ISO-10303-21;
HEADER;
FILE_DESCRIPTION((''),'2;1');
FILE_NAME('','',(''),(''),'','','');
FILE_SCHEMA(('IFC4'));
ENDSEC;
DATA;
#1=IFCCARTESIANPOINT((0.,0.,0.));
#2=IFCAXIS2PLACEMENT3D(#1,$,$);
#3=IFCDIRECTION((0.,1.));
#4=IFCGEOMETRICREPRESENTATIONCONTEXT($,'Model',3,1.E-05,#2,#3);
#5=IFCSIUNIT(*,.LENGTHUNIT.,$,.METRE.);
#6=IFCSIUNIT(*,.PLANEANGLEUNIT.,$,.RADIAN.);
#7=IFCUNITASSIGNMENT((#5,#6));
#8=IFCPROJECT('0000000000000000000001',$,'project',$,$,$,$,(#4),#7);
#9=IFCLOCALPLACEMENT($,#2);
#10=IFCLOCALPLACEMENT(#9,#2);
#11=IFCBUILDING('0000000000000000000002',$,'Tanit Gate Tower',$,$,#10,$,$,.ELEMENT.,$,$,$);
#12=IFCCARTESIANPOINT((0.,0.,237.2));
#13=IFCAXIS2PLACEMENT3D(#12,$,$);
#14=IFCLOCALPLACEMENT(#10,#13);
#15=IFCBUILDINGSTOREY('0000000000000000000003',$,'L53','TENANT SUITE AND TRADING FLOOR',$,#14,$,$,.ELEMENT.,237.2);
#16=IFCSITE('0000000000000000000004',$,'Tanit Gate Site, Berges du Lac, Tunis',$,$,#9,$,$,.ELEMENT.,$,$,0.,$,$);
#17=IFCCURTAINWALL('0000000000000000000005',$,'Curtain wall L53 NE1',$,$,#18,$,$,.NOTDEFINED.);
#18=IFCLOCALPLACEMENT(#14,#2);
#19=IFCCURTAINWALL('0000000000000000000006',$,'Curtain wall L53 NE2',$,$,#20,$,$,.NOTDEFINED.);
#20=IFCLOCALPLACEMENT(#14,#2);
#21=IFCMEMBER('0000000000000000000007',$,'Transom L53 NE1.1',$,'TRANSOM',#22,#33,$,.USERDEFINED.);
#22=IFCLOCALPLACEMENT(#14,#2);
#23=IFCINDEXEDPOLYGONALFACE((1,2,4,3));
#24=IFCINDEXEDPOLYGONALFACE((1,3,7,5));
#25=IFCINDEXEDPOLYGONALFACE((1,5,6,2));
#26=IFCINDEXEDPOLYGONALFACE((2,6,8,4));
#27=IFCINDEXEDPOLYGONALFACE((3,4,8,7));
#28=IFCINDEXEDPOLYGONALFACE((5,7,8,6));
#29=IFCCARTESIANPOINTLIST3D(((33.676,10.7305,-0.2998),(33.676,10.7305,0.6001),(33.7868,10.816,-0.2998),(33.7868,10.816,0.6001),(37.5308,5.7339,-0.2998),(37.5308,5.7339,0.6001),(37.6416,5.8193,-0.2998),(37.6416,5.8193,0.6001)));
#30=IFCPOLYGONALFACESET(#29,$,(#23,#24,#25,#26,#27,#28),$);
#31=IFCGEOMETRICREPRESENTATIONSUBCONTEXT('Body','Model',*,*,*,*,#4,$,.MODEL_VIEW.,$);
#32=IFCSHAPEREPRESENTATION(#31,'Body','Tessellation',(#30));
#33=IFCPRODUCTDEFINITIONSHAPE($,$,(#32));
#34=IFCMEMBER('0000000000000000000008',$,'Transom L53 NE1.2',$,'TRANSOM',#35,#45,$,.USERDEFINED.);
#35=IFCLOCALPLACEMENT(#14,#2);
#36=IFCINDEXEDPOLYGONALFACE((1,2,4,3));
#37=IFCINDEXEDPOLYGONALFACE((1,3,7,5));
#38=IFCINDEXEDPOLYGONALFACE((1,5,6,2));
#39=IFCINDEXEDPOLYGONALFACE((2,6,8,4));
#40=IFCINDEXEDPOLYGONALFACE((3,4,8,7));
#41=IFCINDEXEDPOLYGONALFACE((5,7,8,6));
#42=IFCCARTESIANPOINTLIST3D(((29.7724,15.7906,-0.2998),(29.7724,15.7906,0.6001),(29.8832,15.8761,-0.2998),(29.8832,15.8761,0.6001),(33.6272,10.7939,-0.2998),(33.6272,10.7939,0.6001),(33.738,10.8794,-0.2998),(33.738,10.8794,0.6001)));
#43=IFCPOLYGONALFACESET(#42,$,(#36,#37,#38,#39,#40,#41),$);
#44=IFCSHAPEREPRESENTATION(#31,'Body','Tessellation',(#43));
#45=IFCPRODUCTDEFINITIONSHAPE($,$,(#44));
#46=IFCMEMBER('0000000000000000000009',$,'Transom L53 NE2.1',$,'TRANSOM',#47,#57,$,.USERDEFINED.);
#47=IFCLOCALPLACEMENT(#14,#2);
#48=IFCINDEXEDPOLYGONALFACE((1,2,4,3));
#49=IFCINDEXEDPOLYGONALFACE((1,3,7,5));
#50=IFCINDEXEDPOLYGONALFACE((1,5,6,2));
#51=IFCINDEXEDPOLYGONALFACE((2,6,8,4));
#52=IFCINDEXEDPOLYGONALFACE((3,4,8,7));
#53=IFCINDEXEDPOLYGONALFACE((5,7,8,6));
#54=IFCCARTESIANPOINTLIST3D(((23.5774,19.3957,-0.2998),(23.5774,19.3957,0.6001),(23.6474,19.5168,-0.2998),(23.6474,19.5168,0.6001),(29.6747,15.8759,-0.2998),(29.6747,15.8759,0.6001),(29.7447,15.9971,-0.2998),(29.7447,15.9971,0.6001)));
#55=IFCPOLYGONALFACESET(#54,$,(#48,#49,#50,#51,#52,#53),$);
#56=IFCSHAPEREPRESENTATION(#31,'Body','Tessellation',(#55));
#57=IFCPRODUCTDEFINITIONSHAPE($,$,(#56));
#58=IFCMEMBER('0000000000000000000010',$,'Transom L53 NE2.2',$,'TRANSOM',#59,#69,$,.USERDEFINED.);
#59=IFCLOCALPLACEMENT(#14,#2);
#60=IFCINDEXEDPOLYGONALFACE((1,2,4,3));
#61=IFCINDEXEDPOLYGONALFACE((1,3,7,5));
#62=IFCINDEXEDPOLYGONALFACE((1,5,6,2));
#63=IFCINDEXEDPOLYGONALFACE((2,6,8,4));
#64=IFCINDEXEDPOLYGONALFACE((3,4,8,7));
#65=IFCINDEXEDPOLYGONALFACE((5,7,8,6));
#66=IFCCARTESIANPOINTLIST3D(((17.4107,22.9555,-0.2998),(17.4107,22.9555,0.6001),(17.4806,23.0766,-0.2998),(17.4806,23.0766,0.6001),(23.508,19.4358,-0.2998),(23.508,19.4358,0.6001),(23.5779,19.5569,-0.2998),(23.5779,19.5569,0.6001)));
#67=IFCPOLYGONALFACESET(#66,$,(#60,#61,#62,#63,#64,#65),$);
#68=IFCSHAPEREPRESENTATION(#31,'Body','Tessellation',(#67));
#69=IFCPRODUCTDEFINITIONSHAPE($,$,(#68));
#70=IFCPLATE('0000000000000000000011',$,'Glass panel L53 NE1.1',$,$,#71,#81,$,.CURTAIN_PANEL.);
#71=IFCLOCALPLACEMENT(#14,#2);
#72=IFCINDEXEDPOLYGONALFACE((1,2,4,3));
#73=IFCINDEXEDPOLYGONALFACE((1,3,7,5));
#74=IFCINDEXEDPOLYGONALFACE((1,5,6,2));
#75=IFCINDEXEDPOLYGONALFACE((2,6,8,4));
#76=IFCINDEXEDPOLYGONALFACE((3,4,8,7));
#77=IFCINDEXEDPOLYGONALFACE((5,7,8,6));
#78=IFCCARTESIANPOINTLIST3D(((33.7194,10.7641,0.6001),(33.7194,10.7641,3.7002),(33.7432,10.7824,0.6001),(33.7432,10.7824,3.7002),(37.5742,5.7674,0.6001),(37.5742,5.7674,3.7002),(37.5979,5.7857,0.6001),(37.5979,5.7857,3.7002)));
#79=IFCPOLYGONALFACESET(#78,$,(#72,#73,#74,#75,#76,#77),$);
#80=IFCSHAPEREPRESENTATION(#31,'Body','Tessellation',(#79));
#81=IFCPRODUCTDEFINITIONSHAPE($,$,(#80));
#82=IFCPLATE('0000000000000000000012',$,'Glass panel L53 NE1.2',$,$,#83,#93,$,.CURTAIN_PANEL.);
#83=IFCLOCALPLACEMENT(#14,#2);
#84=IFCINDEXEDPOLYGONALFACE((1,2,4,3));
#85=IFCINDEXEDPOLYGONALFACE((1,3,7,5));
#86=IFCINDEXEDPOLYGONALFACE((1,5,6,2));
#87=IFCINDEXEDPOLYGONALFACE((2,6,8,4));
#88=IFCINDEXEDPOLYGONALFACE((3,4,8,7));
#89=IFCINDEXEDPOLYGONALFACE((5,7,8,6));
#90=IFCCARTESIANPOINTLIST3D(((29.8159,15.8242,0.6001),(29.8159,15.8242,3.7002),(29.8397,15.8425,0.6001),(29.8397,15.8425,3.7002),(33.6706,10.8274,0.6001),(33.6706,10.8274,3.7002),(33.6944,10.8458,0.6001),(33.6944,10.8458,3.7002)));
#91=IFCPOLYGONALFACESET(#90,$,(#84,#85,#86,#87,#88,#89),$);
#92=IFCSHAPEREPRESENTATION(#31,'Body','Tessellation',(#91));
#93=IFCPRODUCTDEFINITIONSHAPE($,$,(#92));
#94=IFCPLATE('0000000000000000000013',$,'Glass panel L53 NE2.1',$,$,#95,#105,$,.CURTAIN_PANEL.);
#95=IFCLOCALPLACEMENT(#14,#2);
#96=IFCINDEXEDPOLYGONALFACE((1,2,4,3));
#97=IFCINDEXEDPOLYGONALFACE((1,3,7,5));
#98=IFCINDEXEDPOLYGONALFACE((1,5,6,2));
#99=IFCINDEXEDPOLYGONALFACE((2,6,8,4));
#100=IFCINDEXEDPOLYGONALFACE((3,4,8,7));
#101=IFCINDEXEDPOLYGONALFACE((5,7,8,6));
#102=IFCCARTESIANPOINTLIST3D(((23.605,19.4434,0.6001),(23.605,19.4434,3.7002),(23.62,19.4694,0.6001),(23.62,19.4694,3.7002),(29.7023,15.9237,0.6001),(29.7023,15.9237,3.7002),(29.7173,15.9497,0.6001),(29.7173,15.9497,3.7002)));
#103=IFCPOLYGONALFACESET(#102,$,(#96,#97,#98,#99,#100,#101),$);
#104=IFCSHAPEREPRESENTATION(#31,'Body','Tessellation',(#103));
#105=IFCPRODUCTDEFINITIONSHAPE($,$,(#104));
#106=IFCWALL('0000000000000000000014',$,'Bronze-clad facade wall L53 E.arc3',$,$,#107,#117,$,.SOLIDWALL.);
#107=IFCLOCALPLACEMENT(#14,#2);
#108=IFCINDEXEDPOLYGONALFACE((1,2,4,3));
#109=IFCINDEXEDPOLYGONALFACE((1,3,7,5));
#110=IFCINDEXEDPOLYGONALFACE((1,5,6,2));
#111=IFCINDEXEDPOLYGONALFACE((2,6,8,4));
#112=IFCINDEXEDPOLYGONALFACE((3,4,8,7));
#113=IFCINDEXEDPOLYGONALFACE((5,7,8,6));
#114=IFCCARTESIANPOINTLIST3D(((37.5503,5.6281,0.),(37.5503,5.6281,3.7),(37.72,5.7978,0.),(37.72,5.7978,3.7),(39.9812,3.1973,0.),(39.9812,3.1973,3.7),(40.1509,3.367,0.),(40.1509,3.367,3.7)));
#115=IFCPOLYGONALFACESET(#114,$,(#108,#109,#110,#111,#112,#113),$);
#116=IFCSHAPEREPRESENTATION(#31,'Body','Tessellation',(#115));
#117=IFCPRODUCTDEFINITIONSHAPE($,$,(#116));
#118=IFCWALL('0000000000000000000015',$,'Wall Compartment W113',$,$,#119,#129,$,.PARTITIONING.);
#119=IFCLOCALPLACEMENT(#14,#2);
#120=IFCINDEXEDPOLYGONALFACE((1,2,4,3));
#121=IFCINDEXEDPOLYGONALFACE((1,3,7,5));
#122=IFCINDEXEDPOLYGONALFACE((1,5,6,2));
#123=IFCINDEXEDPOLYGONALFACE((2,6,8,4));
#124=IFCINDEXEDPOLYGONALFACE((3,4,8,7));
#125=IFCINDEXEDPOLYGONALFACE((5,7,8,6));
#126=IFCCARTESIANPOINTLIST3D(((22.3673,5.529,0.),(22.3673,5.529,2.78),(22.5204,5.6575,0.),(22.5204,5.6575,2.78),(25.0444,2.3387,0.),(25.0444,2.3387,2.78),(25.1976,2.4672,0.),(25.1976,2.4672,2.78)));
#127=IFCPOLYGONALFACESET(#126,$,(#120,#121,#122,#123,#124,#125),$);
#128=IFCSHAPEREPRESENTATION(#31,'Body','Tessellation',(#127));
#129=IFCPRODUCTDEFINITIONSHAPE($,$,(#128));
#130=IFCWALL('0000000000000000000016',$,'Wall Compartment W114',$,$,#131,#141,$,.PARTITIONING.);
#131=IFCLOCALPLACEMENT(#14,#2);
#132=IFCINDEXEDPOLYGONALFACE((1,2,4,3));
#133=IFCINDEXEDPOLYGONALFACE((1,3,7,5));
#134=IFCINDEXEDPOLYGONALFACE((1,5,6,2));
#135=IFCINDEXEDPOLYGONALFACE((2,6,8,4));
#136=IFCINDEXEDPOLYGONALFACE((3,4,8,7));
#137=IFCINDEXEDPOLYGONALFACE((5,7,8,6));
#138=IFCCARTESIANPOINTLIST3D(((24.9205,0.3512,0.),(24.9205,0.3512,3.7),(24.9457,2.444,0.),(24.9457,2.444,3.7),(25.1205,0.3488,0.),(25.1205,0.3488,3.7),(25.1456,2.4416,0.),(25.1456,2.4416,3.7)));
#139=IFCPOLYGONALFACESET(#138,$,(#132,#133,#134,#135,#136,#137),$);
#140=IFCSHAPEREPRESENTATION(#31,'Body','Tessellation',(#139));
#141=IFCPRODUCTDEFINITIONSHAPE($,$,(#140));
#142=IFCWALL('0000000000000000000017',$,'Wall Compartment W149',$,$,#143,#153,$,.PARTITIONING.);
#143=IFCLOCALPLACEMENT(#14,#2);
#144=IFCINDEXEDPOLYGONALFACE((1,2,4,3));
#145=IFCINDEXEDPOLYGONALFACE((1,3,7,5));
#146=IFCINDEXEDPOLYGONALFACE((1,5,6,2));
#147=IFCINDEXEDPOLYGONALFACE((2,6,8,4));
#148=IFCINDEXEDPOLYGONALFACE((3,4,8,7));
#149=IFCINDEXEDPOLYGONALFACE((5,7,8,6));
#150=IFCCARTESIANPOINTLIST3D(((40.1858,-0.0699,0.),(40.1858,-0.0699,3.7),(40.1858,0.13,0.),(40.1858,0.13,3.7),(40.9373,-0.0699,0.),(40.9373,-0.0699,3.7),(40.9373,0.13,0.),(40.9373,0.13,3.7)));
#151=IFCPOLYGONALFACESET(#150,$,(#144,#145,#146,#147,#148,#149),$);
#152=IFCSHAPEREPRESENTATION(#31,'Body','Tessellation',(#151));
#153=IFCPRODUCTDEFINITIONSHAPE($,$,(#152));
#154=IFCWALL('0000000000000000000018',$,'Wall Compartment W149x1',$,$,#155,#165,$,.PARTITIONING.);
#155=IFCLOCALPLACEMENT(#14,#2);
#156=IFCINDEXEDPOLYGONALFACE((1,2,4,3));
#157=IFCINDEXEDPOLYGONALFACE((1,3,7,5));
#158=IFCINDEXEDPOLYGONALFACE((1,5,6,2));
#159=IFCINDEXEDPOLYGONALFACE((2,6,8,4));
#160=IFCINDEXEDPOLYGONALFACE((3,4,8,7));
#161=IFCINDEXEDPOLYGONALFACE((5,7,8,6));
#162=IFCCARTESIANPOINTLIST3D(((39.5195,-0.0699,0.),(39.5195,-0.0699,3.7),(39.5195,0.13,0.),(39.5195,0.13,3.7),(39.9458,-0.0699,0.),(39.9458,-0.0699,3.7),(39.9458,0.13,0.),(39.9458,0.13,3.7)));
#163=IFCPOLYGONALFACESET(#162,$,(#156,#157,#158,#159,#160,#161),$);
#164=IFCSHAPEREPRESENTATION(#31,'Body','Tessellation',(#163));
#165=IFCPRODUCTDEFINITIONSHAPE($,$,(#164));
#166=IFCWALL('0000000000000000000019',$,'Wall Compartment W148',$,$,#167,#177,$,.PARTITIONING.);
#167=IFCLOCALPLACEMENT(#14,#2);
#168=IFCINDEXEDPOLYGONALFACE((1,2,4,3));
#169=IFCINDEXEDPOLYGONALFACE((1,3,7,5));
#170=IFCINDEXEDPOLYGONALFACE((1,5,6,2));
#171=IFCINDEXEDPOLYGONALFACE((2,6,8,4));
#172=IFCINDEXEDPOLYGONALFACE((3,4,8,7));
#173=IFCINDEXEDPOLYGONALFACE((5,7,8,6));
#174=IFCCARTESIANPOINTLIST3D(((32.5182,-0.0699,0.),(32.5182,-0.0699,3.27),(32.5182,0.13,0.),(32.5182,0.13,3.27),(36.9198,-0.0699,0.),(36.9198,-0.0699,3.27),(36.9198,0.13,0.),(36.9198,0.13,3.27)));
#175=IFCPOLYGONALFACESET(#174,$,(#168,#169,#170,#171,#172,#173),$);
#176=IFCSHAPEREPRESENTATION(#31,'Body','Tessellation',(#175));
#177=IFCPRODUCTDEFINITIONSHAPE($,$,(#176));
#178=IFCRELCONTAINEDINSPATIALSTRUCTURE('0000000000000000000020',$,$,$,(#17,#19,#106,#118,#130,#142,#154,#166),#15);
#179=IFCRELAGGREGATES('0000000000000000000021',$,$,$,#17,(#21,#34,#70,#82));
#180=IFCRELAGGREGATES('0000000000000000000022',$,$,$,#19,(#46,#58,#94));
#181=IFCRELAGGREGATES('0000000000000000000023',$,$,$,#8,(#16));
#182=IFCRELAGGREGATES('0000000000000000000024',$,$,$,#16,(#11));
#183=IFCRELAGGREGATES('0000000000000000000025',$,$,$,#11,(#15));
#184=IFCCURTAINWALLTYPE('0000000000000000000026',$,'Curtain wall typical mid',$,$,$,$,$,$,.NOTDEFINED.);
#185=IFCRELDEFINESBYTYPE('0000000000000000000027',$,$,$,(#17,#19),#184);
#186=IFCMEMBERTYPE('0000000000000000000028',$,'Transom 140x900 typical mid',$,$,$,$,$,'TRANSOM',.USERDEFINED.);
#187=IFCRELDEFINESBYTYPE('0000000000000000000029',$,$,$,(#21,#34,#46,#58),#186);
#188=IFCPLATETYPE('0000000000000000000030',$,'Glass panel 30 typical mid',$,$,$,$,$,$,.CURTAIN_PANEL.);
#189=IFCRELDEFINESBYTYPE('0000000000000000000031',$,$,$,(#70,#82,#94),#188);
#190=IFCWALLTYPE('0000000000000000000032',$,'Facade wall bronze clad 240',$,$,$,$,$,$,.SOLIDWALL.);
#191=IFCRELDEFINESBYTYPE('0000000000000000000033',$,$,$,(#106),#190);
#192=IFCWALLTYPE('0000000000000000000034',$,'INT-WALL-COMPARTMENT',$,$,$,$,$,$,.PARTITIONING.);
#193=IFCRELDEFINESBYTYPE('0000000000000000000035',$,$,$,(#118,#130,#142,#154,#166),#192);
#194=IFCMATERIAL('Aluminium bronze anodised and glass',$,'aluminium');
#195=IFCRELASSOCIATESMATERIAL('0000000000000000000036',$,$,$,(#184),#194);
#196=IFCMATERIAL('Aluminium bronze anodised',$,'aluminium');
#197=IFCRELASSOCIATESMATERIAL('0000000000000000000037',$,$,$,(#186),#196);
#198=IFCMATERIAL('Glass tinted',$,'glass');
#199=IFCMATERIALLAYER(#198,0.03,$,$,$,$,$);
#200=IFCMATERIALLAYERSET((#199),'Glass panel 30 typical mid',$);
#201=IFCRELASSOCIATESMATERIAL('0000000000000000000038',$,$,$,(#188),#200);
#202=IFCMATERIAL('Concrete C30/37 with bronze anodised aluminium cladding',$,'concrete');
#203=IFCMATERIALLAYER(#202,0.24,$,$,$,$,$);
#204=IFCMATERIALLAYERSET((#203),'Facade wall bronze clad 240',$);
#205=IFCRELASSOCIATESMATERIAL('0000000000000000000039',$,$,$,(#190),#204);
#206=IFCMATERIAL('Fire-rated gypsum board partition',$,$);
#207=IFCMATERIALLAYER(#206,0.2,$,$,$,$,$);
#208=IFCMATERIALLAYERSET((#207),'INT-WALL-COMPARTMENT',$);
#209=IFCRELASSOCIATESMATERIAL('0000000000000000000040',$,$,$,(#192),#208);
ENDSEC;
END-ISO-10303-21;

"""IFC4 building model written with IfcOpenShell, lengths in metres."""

from ifc_helpers import new_model, si_unit, direction, frame, frame_2d, origin, origin_2d, place, context, subcontext, project, spatial, rectangle, extrude, material, layer, layer_set, material_profile, profile_set, type_object, element, aggregate, save


model = new_model("IFC4")

# Units and contexts
model_context = context("Model", 3, precision=1e-05, world=origin(), true_north=direction((0.0, 1.0)))
body_context = subcontext(model_context, "Body", "Model", "MODEL_VIEW")
ifc_project = project(units=[si_unit("LENGTHUNIT", "METRE"), si_unit("PLANEANGLEUNIT", "RADIAN")], contexts=[model_context])

# Site, building, storey
site_placement = place(None, origin())
site = spatial("IfcSite", under=ifc_project, at=site_placement, Name="Tanit Gate Site, Berges du Lac, Tunis", CompositionType="ELEMENT", RefElevation=0.0)
building_placement = place(site_placement, origin())
building = spatial("IfcBuilding", under=site, at=building_placement, Name="Tanit Gate Tower", CompositionType="ELEMENT")
storey_placement = place(building_placement, frame((0.0, 0.0, 237.2)))
storey = spatial("IfcBuildingStorey", under=building, at=storey_placement, Name="L53", Description="TENANT SUITE AND TRADING FLOOR", CompositionType="ELEMENT", Elevation=237.2)

# Curtain wall
ifc_material_1 = material(Name="Aluminium bronze anodised and glass", Category="aluminium")
curtain_wall_type = type_object("IfcCurtainWallType", Name="Curtain wall typical mid", PredefinedType="NOTDEFINED", material=ifc_material_1)
curtain_wall_1_placement = place(storey_placement, origin())
curtain_wall_1 = element("IfcCurtainWall", 1, at=curtain_wall_1_placement, inside=storey, type_object=curtain_wall_type, Name="Curtain wall L53 NE1", PredefinedType="NOTDEFINED")

# Curtain wall
curtain_wall_2_placement = place(storey_placement, origin())
curtain_wall_2 = element("IfcCurtainWall", 2, at=curtain_wall_2_placement, inside=storey, type_object=curtain_wall_type, Name="Curtain wall L53 NE2", PredefinedType="NOTDEFINED")

# Members
ifc_material_2 = material(Name="Aluminium bronze anodised", Category="aluminium")
ifc_material_profile_1 = material_profile(ifc_material_2, rectangle(XDim=0.1399, YDim=0.8999, at=origin_2d()), Name="140x900 bronze transom")
ifc_profile_set_1 = profile_set([ifc_material_profile_1], Name="Aluminium bronze anodised")
member_type_1 = type_object("IfcMemberType", Name="Transom 140x900 typical mid", ElementType="TRANSOM", PredefinedType="USERDEFINED", material=ifc_profile_set_1)
member_1_placement = place(storey_placement, frame((37.5862, 5.7766, 0.1501), z_axis=(-0.610826, 0.791765, 0.0), x_axis=(-0.791765, -0.610826, 0.0)))
member_1 = element("IfcMember", 3, at=member_1_placement, type_object=member_type_1, Name="Transom L53 NE1.1", ObjectType="TRANSOM", PredefinedType="USERDEFINED", context=body_context, shape_type="SweptSolid", body=[
    extrude(rectangle(XDim=0.1399, YDim=0.8999, at=origin_2d()), origin(), (0.0, 0.0, 1.0), 6.3108),
])
member_2_placement = place(storey_placement, frame((33.6826, 10.8367, 0.1501), z_axis=(-0.610826, 0.791765, 0.0), x_axis=(-0.791765, -0.610826, 0.0)))
member_2 = element("IfcMember", 4, at=member_2_placement, type_object=member_type_1, Name="Transom L53 NE1.2", ObjectType="TRANSOM", PredefinedType="USERDEFINED", context=body_context, shape_type="SweptSolid", body=[
    extrude(rectangle(XDim=0.1399, YDim=0.8999, at=origin_2d()), origin(), (0.0, 0.0, 1.0), 6.3108),
])
member_3_placement = place(storey_placement, frame((29.7097, 15.9365, 0.1501), z_axis=(-0.86606, 0.49994, 0.0), x_axis=(-0.49994, -0.86606, 0.0)))
member_3 = element("IfcMember", 5, at=member_3_placement, type_object=member_type_1, Name="Transom L53 NE2.1", ObjectType="TRANSOM", PredefinedType="USERDEFINED", context=body_context, shape_type="SweptSolid", body=[
    extrude(rectangle(XDim=0.1399, YDim=0.8999, at=origin_2d()), origin(), (0.0, 0.0, 1.0), 7.0403),
])
member_4_placement = place(storey_placement, frame((23.543, 19.4963, 0.1501), z_axis=(-0.86606, 0.49994, 0.0), x_axis=(-0.49994, -0.86606, 0.0)))
member_4 = element("IfcMember", 6, at=member_4_placement, type_object=member_type_1, Name="Transom L53 NE2.2", ObjectType="TRANSOM", PredefinedType="USERDEFINED", context=body_context, shape_type="SweptSolid", body=[
    extrude(rectangle(XDim=0.1399, YDim=0.8999, at=origin_2d()), origin(), (0.0, 0.0, 1.0), 7.0403),
])

# Plates
ifc_material_3 = material(Name="Glass tinted", Category="glass")
ifc_layer_1 = layer(ifc_material_3, 0.03)
ifc_layer_set_1 = layer_set([ifc_layer_1], Name="Glass panel 30 typical mid")
plate_type = type_object("IfcPlateType", Name="Glass panel 30 typical mid", PredefinedType="CURTAIN_PANEL", material=ifc_layer_set_1)
plate_1_placement = place(storey_placement, frame((35.6587, 8.2749, 0.6001), z_axis=(0.0, 0.0, 1.0), x_axis=(-0.610813, 0.791775, 0.0)))
plate_1 = element("IfcPlate", 7, at=plate_1_placement, type_object=plate_type, Name="Glass panel L53 NE1.1", PredefinedType="CURTAIN_PANEL", context=body_context, shape_type="SweptSolid", body=[
    extrude(rectangle(XDim=6.3108, YDim=0.03, at=origin_2d()), origin(), (0.0, 0.0, 1.0), 3.1001),
])
plate_2_placement = place(storey_placement, frame((31.7551, 13.335, 0.6001), z_axis=(0.0, 0.0, 1.0), x_axis=(-0.610813, 0.791775, 0.0)))
plate_2 = element("IfcPlate", 8, at=plate_2_placement, type_object=plate_type, Name="Glass panel L53 NE1.2", PredefinedType="CURTAIN_PANEL", context=body_context, shape_type="SweptSolid", body=[
    extrude(rectangle(XDim=6.3108, YDim=0.03, at=origin_2d()), origin(), (0.0, 0.0, 1.0), 3.1001),
])
aggregate(curtain_wall_1, [member_1, member_2, plate_1, plate_2])
plate_3_placement = place(storey_placement, frame((26.6611, 17.6965, 0.6001), z_axis=(0.0, 0.0, 1.0), x_axis=(-0.86606, 0.49994, 0.0)))
plate_3 = element("IfcPlate", 9, at=plate_3_placement, type_object=plate_type, Name="Glass panel L53 NE2.1", PredefinedType="CURTAIN_PANEL", context=body_context, shape_type="SweptSolid", body=[
    extrude(rectangle(XDim=7.0403, YDim=0.03, at=origin_2d()), origin(), (0.0, 0.0, 1.0), 3.1001),
])
aggregate(curtain_wall_2, [member_3, member_4, plate_3])

# Walls
ifc_material_4 = material(Name="Concrete C30/37 with bronze anodised aluminium cladding", Category="concrete")
ifc_layer_2 = layer(ifc_material_4, 0.24)
ifc_layer_set_2 = layer_set([ifc_layer_2], Name="Facade wall bronze clad 240")
wall_type_1 = type_object("IfcWallType", Name="Facade wall bronze clad 240", PredefinedType="SOLIDWALL", material=ifc_layer_set_2)
wall_1_placement = place(storey_placement, frame((40.0659, 3.2822, 0.0), z_axis=(0.0, 0.0, 1.0), x_axis=(-0.707107, 0.707107, 0.0)))
element("IfcWall", 10, at=wall_1_placement, inside=storey, type_object=wall_type_1, Name="Bronze-clad facade wall L53 E.arc3", PredefinedType="SOLIDWALL", context=body_context, shape_type="SweptSolid", body=[
    extrude(rectangle(XDim=3.4377, YDim=0.24, at=frame_2d((1.7188, 0.0))), origin(), (0.0, 0.0, 1.0), 3.7),
])
ifc_material_5 = material(Name="Fire-rated gypsum board partition")
ifc_layer_3 = layer(ifc_material_5, 0.2)
ifc_layer_set_3 = layer_set([ifc_layer_3], Name="INT-WALL-COMPARTMENT")
wall_type_2 = type_object("IfcWallType", Name="INT-WALL-COMPARTMENT", PredefinedType="PARTITIONING", material=ifc_layer_set_3)
wall_2_placement = place(storey_placement, frame((25.1211, 2.4028, 0.0), z_axis=(0.0, 0.0, 1.0), x_axis=(-0.64281, 0.766026, 0.0)))
element("IfcWall", 11, at=wall_2_placement, inside=storey, type_object=wall_type_2, Name="Wall Compartment W113", PredefinedType="PARTITIONING", context=body_context, shape_type="SweptSolid", body=[
    extrude(rectangle(XDim=4.1648, YDim=0.2, at=frame_2d((2.0825, 0.0))), origin(), (0.0, 0.0, 1.0), 2.78),
])
wall_3_placement = place(storey_placement, frame((25.0205, 0.3501, 0.0), z_axis=(0.0, 0.0, 1.0), x_axis=(0.012015, 0.999928, 0.0)))
element("IfcWall", 12, at=wall_3_placement, inside=storey, type_object=wall_type_2, Name="Wall Compartment W114", PredefinedType="PARTITIONING", context=body_context, shape_type="SweptSolid", body=[
    extrude(rectangle(XDim=2.093, YDim=0.2, at=frame_2d((1.0464, 0.0))), origin(), (0.0, 0.0, 1.0), 3.7),
])
wall_4_placement = place(storey_placement, frame((40.9373, 0.03, 0.0), z_axis=(0.0, 0.0, 1.0), x_axis=(-1.0, 0.0, 0.0)))
element("IfcWall", 13, at=wall_4_placement, inside=storey, type_object=wall_type_2, Name="Wall Compartment W149", PredefinedType="PARTITIONING", context=body_context, shape_type="SweptSolid", body=[
    extrude(rectangle(XDim=0.7515, YDim=0.2, at=frame_2d((0.3757, 0.0))), origin(), (0.0, 0.0, 1.0), 3.7),
])
wall_5_placement = place(storey_placement, frame((39.9458, 0.03, 0.0), z_axis=(0.0, 0.0, 1.0), x_axis=(-1.0, 0.0, 0.0)))
element("IfcWall", 14, at=wall_5_placement, inside=storey, type_object=wall_type_2, Name="Wall Compartment W149x1", PredefinedType="PARTITIONING", context=body_context, shape_type="SweptSolid", body=[
    extrude(rectangle(XDim=0.4263, YDim=0.2, at=frame_2d((0.2131, 0.0))), origin(), (0.0, 0.0, 1.0), 3.7),
])
wall_6_placement = place(storey_placement, frame((36.9197, 0.03, 0.0), z_axis=(0.0, 0.0, 1.0), x_axis=(-1.0, 0.0, 0.0)))
element("IfcWall", 15, at=wall_6_placement, inside=storey, type_object=wall_type_2, Name="Wall Compartment W148", PredefinedType="PARTITIONING", context=body_context, shape_type="SweptSolid", body=[
    extrude(rectangle(XDim=4.4016, YDim=0.2, at=frame_2d((2.2007, 0.0))), origin(), (0.0, 0.0, 1.0), 3.27),
])

save(model, "model.ifc")
